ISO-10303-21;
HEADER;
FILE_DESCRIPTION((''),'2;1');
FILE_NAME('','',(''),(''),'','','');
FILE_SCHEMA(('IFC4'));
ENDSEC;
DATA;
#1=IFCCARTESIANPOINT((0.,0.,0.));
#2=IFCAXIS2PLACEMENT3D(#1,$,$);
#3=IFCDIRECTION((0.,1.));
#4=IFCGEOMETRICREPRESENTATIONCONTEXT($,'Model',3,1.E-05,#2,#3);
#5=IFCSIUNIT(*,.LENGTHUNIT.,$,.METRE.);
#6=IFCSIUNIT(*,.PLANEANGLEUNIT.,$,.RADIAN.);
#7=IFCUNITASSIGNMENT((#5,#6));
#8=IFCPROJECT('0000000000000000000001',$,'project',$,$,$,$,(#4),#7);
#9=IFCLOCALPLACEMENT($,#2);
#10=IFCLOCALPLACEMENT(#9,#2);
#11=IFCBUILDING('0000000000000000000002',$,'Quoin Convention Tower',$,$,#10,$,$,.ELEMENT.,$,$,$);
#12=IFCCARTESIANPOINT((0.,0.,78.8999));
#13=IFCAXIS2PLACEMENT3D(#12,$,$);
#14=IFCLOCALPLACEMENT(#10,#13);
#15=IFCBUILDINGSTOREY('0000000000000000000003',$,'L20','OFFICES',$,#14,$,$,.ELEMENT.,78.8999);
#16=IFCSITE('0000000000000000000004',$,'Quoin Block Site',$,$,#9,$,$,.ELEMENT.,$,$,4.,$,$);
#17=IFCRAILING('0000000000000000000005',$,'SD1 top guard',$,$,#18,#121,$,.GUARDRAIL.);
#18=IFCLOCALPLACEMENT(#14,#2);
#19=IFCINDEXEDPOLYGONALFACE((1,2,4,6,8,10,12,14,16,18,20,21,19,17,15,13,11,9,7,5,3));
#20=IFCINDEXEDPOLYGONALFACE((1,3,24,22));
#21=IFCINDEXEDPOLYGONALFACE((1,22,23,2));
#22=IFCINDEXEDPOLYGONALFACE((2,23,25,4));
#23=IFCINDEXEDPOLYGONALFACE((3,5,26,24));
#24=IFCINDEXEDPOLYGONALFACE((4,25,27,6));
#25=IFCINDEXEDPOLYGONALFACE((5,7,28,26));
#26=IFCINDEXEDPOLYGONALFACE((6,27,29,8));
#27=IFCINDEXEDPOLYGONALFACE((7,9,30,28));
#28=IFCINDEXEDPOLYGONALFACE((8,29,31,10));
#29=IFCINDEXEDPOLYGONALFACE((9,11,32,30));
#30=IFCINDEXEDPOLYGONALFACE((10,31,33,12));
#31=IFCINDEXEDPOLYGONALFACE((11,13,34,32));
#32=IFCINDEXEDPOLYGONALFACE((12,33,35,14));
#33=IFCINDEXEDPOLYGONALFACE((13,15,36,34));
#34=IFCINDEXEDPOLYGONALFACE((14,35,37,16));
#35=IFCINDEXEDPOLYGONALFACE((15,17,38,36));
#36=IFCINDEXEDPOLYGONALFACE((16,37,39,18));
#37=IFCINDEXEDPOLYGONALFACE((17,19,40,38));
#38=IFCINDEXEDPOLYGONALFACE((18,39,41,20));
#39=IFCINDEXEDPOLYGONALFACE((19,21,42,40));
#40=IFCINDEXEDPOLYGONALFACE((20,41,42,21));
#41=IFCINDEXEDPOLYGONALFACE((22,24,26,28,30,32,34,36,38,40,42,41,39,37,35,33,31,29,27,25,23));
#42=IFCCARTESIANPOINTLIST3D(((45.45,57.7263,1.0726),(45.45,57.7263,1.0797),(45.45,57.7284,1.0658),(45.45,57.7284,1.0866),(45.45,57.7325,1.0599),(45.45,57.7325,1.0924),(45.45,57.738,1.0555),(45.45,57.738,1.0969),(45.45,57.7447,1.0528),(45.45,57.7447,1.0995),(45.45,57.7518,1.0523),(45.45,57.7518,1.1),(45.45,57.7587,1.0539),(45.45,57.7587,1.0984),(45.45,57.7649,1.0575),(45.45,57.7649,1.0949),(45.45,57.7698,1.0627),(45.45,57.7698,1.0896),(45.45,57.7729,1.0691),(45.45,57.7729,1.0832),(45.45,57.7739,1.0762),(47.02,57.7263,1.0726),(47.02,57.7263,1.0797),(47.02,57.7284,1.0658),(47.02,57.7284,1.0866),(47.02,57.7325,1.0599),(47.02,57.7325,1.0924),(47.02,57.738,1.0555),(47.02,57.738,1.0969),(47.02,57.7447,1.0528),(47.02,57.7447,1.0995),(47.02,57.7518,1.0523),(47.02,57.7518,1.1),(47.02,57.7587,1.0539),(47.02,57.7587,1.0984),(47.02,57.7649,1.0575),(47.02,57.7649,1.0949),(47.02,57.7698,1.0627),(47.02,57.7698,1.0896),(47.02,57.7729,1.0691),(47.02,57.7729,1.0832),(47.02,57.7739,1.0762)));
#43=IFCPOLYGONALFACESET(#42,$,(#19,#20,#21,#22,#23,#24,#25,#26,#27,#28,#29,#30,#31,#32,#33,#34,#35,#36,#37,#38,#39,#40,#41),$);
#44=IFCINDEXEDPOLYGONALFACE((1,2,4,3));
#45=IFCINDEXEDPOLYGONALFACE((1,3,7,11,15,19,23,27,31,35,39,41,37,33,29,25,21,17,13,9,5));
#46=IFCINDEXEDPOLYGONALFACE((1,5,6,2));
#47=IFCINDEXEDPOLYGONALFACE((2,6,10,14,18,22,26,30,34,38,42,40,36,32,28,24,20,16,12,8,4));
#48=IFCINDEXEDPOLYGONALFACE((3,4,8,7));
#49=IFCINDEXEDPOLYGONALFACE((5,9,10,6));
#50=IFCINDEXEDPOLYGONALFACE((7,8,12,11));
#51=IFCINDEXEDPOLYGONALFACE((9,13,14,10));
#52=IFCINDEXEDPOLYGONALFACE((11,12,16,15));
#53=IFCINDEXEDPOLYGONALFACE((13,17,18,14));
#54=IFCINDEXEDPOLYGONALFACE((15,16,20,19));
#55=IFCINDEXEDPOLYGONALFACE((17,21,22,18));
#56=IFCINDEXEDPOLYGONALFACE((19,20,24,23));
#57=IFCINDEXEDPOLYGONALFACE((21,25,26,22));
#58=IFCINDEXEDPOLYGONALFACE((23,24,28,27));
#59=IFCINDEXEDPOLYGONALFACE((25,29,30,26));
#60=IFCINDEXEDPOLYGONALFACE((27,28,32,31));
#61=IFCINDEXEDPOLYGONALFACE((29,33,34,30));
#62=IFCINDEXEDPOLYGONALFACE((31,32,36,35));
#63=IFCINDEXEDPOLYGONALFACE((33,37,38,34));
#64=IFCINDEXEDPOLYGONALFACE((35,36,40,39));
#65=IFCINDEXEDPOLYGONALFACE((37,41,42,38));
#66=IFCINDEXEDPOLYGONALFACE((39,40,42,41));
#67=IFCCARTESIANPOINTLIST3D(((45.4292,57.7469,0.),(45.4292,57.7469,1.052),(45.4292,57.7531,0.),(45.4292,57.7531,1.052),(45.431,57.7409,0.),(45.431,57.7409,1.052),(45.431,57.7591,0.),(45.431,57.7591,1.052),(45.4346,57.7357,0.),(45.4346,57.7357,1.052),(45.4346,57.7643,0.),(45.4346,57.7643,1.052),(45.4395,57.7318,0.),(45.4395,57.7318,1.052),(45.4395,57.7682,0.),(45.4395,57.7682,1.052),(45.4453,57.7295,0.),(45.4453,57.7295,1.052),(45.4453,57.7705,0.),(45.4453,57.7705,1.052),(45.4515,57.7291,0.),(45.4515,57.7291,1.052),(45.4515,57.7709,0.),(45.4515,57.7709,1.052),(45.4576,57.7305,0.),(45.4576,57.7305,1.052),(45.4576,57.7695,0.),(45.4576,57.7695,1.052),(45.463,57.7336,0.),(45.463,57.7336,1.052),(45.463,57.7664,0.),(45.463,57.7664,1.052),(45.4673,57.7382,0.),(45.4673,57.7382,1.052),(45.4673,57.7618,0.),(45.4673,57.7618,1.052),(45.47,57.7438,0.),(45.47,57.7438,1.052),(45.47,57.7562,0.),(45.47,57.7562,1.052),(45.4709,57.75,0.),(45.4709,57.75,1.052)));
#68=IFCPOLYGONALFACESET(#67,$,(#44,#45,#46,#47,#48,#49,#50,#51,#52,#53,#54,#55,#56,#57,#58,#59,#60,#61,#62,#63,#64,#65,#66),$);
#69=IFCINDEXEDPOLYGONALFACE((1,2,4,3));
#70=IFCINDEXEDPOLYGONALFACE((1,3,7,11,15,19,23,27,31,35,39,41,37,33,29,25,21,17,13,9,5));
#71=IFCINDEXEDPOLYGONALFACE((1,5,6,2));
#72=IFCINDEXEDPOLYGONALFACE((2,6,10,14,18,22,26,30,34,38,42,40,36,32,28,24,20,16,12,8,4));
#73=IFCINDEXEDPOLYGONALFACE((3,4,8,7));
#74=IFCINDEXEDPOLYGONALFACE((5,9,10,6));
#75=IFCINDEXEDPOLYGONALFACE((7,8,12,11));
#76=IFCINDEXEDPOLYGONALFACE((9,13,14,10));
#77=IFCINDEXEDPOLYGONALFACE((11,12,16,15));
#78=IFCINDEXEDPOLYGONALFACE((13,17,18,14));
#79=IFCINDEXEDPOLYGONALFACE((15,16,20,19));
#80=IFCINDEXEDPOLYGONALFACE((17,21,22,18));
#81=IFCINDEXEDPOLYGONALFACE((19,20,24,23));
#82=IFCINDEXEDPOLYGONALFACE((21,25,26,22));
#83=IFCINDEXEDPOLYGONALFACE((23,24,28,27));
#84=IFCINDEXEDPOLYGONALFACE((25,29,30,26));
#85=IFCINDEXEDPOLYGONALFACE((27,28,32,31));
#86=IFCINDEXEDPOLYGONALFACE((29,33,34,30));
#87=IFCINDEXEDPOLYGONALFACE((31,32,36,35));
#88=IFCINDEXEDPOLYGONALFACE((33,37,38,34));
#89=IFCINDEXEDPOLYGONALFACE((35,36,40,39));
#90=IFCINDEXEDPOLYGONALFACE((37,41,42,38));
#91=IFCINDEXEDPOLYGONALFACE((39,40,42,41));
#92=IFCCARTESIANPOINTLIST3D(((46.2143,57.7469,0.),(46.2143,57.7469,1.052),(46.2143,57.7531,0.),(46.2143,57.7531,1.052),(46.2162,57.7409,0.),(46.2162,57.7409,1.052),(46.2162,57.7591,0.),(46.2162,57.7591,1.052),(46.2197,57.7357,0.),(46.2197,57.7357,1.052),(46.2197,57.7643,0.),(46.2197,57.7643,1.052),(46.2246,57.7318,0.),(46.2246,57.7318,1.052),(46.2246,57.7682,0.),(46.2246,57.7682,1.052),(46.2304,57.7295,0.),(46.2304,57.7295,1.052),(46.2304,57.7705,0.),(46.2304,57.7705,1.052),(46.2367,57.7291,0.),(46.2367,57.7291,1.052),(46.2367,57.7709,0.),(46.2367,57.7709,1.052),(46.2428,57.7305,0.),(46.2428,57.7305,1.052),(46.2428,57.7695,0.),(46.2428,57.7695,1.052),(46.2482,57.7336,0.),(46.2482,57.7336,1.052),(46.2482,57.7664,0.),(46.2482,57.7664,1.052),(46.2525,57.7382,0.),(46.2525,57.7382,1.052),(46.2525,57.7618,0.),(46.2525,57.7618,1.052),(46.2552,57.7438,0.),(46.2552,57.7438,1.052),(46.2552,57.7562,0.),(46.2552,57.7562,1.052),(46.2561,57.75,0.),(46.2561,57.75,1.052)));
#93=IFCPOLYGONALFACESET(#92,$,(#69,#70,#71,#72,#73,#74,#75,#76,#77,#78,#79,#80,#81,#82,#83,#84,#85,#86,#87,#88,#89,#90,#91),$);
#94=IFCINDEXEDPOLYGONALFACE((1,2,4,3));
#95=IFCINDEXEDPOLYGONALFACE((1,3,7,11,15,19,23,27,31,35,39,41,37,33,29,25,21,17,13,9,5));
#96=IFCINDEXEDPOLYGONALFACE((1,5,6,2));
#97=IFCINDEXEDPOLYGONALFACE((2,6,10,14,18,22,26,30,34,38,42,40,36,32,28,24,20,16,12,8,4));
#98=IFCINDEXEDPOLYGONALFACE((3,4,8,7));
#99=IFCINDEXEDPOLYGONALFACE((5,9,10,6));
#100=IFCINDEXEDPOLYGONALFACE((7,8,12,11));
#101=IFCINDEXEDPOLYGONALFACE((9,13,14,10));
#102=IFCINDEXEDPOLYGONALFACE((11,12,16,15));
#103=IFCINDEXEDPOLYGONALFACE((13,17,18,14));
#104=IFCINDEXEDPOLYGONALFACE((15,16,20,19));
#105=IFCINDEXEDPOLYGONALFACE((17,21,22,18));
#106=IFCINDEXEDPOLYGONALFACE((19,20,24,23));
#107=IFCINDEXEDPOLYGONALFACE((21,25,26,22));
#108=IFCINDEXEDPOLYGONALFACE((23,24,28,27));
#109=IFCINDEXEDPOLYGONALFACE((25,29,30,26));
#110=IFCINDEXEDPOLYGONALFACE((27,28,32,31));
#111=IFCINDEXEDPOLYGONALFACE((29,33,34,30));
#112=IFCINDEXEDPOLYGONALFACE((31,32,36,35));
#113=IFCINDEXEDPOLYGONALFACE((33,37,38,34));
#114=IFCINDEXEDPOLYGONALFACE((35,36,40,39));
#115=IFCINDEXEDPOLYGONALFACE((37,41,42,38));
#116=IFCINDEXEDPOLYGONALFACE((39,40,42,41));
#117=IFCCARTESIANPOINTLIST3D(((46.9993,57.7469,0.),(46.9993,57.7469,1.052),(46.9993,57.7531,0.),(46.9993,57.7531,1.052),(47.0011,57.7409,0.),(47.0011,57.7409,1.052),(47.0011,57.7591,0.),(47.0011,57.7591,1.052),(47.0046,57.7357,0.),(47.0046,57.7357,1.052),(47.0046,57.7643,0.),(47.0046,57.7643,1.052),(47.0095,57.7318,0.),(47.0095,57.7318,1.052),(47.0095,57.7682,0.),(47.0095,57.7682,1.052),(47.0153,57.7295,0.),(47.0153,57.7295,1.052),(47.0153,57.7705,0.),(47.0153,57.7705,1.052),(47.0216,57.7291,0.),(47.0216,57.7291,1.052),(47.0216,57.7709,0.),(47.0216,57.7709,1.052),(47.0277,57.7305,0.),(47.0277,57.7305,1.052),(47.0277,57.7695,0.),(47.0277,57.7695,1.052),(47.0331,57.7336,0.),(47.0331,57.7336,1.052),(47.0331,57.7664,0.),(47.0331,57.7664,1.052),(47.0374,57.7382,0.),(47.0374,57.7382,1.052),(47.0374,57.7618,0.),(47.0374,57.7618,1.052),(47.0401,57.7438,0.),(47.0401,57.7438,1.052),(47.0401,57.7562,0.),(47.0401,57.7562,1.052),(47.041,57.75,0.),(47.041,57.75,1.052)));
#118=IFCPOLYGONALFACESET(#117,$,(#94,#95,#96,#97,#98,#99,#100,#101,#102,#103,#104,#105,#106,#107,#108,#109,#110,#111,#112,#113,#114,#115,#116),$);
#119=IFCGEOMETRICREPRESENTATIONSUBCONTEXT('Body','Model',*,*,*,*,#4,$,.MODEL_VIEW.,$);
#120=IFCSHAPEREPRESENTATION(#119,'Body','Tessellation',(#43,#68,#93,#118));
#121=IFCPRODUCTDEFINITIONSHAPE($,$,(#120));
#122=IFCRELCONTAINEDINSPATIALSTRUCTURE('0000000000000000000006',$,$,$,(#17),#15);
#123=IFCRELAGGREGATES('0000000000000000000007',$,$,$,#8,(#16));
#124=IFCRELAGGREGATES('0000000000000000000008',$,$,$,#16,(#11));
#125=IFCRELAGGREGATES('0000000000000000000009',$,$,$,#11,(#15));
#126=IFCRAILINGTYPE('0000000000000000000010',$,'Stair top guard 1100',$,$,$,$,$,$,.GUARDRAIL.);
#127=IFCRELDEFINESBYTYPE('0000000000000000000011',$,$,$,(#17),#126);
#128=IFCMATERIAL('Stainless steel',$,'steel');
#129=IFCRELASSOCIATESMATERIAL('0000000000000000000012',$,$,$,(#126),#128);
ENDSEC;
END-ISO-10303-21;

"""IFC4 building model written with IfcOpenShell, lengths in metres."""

from ifc_helpers import new_model, si_unit, direction, frame, origin, origin_2d, place, context, subcontext, project, spatial, circle, extrude, material, type_object, element, save


model = new_model("IFC4")

# Units and contexts
model_context = context("Model", 3, precision=1e-05, world=origin(), true_north=direction((0.0, 1.0)))
body_context = subcontext(model_context, "Body", "Model", "MODEL_VIEW")
ifc_project = project(units=[si_unit("LENGTHUNIT", "METRE"), si_unit("PLANEANGLEUNIT", "RADIAN")], contexts=[model_context])

# Site, building, storey
site_placement = place(None, origin())
site = spatial("IfcSite", under=ifc_project, at=site_placement, Name="Quoin Block Site", CompositionType="ELEMENT", RefElevation=4.0)
building_placement = place(site_placement, origin())
building = spatial("IfcBuilding", under=site, at=building_placement, Name="Quoin Convention Tower", CompositionType="ELEMENT")
storey_placement = place(building_placement, frame((0.0, 0.0, 78.8999)))
storey = spatial("IfcBuildingStorey", under=building, at=storey_placement, Name="L20", Description="OFFICES", CompositionType="ELEMENT", Elevation=78.8999)

# Railing
ifc_material_1 = material(Name="Stainless steel", Category="steel")
railing_type = type_object("IfcRailingType", Name="Stair top guard 1100", PredefinedType="GUARDRAIL", material=ifc_material_1)
railing_placement = place(storey_placement, frame((45.45, 57.75, 0.0)))
element("IfcRailing", 1, at=railing_placement, inside=storey, type_object=railing_type, Name="SD1 top guard", PredefinedType="GUARDRAIL", context=body_context, shape_type="SweptSolid", body=[
    extrude(circle(Radius=0.0239, at=origin_2d()), frame((0.0, 0.0, 1.0762), z_axis=(1.0, 0.0, 0.0), x_axis=(0.0, 1.0, 0.0)), (0.0, 0.0, 1.0), 1.5701),
    extrude(circle(Radius=0.021, at=origin_2d()), origin(), (0.0, 0.0, 1.0), 1.052),
    extrude(circle(Radius=0.021, at=origin_2d()), frame((0.7852, 0.0, 0.0)), (0.0, 0.0, 1.0), 1.052),
    extrude(circle(Radius=0.021, at=origin_2d()), frame((1.5701, 0.0, 0.0)), (0.0, 0.0, 1.0), 1.052),
])

save(model, "model.ifc")
